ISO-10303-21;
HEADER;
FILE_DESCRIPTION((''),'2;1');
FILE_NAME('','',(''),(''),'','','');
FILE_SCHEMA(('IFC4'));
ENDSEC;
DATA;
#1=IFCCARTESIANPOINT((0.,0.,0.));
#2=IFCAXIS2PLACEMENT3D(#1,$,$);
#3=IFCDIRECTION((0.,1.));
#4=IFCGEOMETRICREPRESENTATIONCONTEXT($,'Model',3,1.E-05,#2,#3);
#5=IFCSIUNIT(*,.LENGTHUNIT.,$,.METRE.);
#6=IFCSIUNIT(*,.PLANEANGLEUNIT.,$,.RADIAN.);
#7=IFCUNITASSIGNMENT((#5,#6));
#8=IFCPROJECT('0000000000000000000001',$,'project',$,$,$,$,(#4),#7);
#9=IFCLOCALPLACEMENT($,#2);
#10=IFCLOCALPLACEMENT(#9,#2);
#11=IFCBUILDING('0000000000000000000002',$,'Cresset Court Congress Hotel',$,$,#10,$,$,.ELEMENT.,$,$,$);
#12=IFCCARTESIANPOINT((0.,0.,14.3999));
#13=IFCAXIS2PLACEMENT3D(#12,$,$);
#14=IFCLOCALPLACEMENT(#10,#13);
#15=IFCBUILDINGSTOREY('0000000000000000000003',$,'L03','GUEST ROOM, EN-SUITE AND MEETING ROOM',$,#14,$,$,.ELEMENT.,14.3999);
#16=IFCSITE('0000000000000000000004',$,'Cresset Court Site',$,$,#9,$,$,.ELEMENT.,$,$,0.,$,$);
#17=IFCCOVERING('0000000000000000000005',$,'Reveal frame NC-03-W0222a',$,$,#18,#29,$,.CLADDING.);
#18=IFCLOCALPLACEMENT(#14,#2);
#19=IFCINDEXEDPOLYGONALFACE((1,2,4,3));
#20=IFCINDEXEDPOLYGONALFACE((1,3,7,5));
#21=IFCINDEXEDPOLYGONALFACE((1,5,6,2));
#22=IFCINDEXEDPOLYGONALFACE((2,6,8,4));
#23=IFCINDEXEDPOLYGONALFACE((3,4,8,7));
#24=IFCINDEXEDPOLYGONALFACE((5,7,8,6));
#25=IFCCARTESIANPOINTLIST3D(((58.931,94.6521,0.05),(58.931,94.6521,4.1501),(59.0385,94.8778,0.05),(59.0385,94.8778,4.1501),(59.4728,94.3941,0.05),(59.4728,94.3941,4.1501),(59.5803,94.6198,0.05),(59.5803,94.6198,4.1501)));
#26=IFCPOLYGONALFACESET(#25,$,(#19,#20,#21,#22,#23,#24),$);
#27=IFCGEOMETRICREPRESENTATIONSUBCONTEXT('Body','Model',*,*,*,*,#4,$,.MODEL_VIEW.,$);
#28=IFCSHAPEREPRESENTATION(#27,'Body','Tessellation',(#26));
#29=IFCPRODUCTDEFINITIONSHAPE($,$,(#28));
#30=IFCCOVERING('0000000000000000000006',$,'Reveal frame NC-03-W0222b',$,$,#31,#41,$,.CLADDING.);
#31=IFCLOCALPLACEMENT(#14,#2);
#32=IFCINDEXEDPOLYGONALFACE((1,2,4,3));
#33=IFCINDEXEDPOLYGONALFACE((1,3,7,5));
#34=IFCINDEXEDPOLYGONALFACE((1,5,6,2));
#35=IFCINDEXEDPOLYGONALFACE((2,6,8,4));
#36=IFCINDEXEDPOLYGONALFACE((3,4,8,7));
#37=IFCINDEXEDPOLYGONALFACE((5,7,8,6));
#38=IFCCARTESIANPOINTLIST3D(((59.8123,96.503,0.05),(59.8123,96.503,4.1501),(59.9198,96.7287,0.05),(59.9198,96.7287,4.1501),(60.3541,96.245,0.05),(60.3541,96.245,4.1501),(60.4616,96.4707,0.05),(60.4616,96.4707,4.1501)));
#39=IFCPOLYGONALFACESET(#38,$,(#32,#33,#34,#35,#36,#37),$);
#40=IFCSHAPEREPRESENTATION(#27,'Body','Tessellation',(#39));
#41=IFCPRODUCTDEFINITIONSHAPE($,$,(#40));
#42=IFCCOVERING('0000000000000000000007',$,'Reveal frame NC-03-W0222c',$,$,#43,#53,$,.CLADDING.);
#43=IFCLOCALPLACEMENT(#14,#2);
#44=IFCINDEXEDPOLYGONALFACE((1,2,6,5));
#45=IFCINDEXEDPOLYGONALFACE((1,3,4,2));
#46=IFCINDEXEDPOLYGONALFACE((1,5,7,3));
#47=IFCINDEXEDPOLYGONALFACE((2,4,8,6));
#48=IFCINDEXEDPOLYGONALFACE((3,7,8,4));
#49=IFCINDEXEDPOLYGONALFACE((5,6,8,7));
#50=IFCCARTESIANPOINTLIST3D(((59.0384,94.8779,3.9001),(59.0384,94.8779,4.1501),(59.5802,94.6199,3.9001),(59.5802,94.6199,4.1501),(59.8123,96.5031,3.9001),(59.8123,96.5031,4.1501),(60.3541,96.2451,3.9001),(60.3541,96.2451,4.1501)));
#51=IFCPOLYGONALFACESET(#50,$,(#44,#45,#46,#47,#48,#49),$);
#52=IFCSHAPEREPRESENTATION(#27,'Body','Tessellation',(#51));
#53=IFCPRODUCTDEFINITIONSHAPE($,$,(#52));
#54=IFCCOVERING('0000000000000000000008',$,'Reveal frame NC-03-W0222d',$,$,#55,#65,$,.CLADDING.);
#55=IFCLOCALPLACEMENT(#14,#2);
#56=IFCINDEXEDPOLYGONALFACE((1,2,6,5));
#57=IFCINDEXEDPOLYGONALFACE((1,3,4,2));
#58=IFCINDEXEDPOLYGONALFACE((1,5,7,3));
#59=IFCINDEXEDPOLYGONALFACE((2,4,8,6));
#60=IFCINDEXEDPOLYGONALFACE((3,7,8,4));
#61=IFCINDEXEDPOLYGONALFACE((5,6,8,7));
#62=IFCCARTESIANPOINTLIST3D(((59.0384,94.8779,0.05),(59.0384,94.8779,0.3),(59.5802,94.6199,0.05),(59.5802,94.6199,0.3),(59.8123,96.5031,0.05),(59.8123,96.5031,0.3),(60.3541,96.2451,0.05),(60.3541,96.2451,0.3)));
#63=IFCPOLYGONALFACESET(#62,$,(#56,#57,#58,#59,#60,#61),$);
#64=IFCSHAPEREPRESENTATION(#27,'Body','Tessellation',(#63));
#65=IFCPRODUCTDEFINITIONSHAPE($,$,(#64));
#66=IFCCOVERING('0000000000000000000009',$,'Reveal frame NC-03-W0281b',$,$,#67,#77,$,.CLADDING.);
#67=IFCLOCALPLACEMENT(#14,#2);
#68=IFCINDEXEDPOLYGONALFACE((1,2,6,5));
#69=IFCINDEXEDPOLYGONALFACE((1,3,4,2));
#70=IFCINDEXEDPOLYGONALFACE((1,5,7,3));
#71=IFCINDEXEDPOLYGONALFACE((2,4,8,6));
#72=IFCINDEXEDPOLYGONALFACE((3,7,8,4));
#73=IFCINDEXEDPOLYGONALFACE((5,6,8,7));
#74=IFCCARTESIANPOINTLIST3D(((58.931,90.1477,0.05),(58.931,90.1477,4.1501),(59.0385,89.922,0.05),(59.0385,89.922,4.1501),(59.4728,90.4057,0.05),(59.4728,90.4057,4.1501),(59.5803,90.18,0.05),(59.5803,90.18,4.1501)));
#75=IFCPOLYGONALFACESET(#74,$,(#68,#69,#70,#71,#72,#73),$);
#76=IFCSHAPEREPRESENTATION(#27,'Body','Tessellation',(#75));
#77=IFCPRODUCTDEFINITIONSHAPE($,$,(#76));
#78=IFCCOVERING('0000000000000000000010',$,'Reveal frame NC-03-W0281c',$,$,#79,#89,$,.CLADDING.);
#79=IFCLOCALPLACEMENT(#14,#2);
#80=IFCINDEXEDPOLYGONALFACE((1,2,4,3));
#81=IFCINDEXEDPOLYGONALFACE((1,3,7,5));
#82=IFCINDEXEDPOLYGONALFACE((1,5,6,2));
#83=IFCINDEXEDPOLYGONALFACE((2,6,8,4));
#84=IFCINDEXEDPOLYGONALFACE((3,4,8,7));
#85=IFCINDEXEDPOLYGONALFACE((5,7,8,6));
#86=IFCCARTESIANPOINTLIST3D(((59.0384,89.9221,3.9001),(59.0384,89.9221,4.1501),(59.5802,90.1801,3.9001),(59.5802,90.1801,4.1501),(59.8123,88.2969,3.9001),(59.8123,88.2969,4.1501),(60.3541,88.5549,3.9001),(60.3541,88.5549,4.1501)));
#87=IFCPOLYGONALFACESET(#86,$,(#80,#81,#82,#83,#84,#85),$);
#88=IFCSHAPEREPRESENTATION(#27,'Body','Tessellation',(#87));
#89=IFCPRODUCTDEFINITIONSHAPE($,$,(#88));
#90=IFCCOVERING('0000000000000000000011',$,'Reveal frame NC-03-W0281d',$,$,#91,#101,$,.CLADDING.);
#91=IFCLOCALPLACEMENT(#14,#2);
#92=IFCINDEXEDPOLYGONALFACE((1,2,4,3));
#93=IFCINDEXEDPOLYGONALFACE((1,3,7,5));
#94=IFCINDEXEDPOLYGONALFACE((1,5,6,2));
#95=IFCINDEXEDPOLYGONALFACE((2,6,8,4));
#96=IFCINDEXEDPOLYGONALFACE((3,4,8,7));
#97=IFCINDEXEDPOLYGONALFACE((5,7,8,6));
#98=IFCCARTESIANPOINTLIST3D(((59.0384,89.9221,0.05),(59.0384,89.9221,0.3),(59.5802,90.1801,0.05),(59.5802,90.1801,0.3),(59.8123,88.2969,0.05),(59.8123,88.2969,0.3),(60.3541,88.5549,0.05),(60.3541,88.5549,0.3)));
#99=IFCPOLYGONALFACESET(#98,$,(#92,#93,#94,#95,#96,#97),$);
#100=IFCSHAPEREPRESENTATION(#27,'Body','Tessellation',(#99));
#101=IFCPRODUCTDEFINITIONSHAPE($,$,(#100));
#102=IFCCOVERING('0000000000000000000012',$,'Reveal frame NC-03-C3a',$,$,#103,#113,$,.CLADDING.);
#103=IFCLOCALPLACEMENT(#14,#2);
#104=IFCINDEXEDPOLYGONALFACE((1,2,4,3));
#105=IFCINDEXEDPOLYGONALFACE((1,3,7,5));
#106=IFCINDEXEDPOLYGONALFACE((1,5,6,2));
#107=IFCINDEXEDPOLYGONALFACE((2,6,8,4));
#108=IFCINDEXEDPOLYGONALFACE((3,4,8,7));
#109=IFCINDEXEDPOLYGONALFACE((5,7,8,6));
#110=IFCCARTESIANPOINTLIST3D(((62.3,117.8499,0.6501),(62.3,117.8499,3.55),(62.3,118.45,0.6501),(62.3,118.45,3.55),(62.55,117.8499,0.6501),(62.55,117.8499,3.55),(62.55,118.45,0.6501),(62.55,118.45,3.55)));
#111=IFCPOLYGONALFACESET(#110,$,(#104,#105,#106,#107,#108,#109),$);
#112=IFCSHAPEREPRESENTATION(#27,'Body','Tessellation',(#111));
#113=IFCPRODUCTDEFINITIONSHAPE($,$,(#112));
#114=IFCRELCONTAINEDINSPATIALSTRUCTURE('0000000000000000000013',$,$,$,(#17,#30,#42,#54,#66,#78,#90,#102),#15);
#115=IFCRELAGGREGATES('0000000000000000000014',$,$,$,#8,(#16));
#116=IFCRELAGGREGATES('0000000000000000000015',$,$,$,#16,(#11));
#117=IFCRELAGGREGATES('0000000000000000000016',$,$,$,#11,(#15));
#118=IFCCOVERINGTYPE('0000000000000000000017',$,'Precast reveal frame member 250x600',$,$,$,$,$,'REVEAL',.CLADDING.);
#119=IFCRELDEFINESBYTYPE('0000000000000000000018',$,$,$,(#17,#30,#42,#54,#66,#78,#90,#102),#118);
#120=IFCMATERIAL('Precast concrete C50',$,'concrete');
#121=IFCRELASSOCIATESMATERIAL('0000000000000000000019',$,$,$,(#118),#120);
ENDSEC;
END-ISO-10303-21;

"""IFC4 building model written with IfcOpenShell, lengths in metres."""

from ifc_helpers import new_model, si_unit, direction, frame, origin, origin_2d, place, context, subcontext, project, spatial, rectangle, extrude, material, type_object, element, save


model = new_model("IFC4")

# Units and contexts
model_context = context("Model", 3, precision=1e-05, world=origin(), true_north=direction((0.0, 1.0)))
body_context = subcontext(model_context, "Body", "Model", "MODEL_VIEW")
ifc_project = project(units=[si_unit("LENGTHUNIT", "METRE"), si_unit("PLANEANGLEUNIT", "RADIAN")], contexts=[model_context])

# Site, building, storey
site_placement = place(None, origin())
site = spatial("IfcSite", under=ifc_project, at=site_placement, Name="Cresset Court Site", CompositionType="ELEMENT", RefElevation=0.0)
building_placement = place(site_placement, origin())
building = spatial("IfcBuilding", under=site, at=building_placement, Name="Cresset Court Congress Hotel", CompositionType="ELEMENT")
storey_placement = place(building_placement, frame((0.0, 0.0, 14.3999)))
storey = spatial("IfcBuildingStorey", under=building, at=storey_placement, Name="L03", Description="GUEST ROOM, EN-SUITE AND MEETING ROOM", CompositionType="ELEMENT", Elevation=14.3999)

# Coverings
ifc_material_1 = material(Name="Precast concrete C50", Category="concrete")
covering_type_1 = type_object("IfcCoveringType", Name="Precast reveal frame member 250x600", ElementType="REVEAL", PredefinedType="CLADDING", material=ifc_material_1)
for number, where, z_axis, x_axis, name in (
    (1, (59.2556, 94.636, 0.05), (0.0, 0.0, 1.0), (0.429933, 0.902861, 0.0), "Reveal frame NC-03-W0222a"),
    (2, (60.137, 96.4868, 0.05), (0.0, 0.0, 1.0), (0.429933, 0.902861, 0.0), "Reveal frame NC-03-W0222b"),
):
    element("IfcCovering", number, at=place(storey_placement, frame(where, z_axis=z_axis, x_axis=x_axis)), inside=storey, type_object=covering_type_1, Name=name, PredefinedType="CLADDING", context=body_context, shape_type="SweptSolid", body=[
        extrude(rectangle(XDim=0.25, YDim=0.6001, at=origin_2d()), origin(), (0.0, 0.0, 1.0), 4.1001),
    ])
for number, where, z_axis, x_axis, name in (
    (3, (59.6963, 95.5615, 3.9001), (0.0, 0.0, 1.0), (0.429933, 0.902861, 0.0), "Reveal frame NC-03-W0222c"),
    (4, (59.6963, 95.5615, 0.05), (0.0, 0.0, 1.0), (0.429933, 0.902861, 0.0), "Reveal frame NC-03-W0222d"),
):
    element("IfcCovering", number, at=place(storey_placement, frame(where, z_axis=z_axis, x_axis=x_axis)), inside=storey, type_object=covering_type_1, Name=name, PredefinedType="CLADDING", context=body_context, shape_type="SweptSolid", body=[
        extrude(rectangle(XDim=1.8, YDim=0.6001, at=origin_2d()), origin(), (0.0, 0.0, 1.0), 0.25),
    ])
covering_1_placement = place(storey_placement, frame((59.2556, 90.1638, 0.05), z_axis=(0.0, 0.0, 1.0), x_axis=(-0.429933, 0.902861, 0.0)))
element("IfcCovering", 5, at=covering_1_placement, inside=storey, type_object=covering_type_1, Name="Reveal frame NC-03-W0281b", PredefinedType="CLADDING", context=body_context, shape_type="SweptSolid", body=[
    extrude(rectangle(XDim=0.25, YDim=0.6001, at=origin_2d()), origin(), (0.0, 0.0, 1.0), 4.1001),
])
for number, where, z_axis, x_axis, name in (
    (6, (59.6963, 89.2385, 3.9001), (0.0, 0.0, 1.0), (-0.429933, 0.902861, 0.0), "Reveal frame NC-03-W0281c"),
    (7, (59.6963, 89.2385, 0.05), (0.0, 0.0, 1.0), (-0.429933, 0.902861, 0.0), "Reveal frame NC-03-W0281d"),
):
    element("IfcCovering", number, at=place(storey_placement, frame(where, z_axis=z_axis, x_axis=x_axis)), inside=storey, type_object=covering_type_1, Name=name, PredefinedType="CLADDING", context=body_context, shape_type="SweptSolid", body=[
        extrude(rectangle(XDim=1.8, YDim=0.6001, at=origin_2d()), origin(), (0.0, 0.0, 1.0), 0.25),
    ])
covering_2_placement = place(storey_placement, frame((62.425, 118.1499, 0.6501), z_axis=(0.0, 0.0, 1.0), x_axis=(1.0, 0.0, 0.0)))
element("IfcCovering", 8, at=covering_2_placement, inside=storey, type_object=covering_type_1, Name="Reveal frame NC-03-C3a", PredefinedType="CLADDING", context=body_context, shape_type="SweptSolid", body=[
    extrude(rectangle(XDim=0.25, YDim=0.6001, at=origin_2d()), origin(), (0.0, 0.0, 1.0), 2.8999),
])

save(model, "model.ifc")
